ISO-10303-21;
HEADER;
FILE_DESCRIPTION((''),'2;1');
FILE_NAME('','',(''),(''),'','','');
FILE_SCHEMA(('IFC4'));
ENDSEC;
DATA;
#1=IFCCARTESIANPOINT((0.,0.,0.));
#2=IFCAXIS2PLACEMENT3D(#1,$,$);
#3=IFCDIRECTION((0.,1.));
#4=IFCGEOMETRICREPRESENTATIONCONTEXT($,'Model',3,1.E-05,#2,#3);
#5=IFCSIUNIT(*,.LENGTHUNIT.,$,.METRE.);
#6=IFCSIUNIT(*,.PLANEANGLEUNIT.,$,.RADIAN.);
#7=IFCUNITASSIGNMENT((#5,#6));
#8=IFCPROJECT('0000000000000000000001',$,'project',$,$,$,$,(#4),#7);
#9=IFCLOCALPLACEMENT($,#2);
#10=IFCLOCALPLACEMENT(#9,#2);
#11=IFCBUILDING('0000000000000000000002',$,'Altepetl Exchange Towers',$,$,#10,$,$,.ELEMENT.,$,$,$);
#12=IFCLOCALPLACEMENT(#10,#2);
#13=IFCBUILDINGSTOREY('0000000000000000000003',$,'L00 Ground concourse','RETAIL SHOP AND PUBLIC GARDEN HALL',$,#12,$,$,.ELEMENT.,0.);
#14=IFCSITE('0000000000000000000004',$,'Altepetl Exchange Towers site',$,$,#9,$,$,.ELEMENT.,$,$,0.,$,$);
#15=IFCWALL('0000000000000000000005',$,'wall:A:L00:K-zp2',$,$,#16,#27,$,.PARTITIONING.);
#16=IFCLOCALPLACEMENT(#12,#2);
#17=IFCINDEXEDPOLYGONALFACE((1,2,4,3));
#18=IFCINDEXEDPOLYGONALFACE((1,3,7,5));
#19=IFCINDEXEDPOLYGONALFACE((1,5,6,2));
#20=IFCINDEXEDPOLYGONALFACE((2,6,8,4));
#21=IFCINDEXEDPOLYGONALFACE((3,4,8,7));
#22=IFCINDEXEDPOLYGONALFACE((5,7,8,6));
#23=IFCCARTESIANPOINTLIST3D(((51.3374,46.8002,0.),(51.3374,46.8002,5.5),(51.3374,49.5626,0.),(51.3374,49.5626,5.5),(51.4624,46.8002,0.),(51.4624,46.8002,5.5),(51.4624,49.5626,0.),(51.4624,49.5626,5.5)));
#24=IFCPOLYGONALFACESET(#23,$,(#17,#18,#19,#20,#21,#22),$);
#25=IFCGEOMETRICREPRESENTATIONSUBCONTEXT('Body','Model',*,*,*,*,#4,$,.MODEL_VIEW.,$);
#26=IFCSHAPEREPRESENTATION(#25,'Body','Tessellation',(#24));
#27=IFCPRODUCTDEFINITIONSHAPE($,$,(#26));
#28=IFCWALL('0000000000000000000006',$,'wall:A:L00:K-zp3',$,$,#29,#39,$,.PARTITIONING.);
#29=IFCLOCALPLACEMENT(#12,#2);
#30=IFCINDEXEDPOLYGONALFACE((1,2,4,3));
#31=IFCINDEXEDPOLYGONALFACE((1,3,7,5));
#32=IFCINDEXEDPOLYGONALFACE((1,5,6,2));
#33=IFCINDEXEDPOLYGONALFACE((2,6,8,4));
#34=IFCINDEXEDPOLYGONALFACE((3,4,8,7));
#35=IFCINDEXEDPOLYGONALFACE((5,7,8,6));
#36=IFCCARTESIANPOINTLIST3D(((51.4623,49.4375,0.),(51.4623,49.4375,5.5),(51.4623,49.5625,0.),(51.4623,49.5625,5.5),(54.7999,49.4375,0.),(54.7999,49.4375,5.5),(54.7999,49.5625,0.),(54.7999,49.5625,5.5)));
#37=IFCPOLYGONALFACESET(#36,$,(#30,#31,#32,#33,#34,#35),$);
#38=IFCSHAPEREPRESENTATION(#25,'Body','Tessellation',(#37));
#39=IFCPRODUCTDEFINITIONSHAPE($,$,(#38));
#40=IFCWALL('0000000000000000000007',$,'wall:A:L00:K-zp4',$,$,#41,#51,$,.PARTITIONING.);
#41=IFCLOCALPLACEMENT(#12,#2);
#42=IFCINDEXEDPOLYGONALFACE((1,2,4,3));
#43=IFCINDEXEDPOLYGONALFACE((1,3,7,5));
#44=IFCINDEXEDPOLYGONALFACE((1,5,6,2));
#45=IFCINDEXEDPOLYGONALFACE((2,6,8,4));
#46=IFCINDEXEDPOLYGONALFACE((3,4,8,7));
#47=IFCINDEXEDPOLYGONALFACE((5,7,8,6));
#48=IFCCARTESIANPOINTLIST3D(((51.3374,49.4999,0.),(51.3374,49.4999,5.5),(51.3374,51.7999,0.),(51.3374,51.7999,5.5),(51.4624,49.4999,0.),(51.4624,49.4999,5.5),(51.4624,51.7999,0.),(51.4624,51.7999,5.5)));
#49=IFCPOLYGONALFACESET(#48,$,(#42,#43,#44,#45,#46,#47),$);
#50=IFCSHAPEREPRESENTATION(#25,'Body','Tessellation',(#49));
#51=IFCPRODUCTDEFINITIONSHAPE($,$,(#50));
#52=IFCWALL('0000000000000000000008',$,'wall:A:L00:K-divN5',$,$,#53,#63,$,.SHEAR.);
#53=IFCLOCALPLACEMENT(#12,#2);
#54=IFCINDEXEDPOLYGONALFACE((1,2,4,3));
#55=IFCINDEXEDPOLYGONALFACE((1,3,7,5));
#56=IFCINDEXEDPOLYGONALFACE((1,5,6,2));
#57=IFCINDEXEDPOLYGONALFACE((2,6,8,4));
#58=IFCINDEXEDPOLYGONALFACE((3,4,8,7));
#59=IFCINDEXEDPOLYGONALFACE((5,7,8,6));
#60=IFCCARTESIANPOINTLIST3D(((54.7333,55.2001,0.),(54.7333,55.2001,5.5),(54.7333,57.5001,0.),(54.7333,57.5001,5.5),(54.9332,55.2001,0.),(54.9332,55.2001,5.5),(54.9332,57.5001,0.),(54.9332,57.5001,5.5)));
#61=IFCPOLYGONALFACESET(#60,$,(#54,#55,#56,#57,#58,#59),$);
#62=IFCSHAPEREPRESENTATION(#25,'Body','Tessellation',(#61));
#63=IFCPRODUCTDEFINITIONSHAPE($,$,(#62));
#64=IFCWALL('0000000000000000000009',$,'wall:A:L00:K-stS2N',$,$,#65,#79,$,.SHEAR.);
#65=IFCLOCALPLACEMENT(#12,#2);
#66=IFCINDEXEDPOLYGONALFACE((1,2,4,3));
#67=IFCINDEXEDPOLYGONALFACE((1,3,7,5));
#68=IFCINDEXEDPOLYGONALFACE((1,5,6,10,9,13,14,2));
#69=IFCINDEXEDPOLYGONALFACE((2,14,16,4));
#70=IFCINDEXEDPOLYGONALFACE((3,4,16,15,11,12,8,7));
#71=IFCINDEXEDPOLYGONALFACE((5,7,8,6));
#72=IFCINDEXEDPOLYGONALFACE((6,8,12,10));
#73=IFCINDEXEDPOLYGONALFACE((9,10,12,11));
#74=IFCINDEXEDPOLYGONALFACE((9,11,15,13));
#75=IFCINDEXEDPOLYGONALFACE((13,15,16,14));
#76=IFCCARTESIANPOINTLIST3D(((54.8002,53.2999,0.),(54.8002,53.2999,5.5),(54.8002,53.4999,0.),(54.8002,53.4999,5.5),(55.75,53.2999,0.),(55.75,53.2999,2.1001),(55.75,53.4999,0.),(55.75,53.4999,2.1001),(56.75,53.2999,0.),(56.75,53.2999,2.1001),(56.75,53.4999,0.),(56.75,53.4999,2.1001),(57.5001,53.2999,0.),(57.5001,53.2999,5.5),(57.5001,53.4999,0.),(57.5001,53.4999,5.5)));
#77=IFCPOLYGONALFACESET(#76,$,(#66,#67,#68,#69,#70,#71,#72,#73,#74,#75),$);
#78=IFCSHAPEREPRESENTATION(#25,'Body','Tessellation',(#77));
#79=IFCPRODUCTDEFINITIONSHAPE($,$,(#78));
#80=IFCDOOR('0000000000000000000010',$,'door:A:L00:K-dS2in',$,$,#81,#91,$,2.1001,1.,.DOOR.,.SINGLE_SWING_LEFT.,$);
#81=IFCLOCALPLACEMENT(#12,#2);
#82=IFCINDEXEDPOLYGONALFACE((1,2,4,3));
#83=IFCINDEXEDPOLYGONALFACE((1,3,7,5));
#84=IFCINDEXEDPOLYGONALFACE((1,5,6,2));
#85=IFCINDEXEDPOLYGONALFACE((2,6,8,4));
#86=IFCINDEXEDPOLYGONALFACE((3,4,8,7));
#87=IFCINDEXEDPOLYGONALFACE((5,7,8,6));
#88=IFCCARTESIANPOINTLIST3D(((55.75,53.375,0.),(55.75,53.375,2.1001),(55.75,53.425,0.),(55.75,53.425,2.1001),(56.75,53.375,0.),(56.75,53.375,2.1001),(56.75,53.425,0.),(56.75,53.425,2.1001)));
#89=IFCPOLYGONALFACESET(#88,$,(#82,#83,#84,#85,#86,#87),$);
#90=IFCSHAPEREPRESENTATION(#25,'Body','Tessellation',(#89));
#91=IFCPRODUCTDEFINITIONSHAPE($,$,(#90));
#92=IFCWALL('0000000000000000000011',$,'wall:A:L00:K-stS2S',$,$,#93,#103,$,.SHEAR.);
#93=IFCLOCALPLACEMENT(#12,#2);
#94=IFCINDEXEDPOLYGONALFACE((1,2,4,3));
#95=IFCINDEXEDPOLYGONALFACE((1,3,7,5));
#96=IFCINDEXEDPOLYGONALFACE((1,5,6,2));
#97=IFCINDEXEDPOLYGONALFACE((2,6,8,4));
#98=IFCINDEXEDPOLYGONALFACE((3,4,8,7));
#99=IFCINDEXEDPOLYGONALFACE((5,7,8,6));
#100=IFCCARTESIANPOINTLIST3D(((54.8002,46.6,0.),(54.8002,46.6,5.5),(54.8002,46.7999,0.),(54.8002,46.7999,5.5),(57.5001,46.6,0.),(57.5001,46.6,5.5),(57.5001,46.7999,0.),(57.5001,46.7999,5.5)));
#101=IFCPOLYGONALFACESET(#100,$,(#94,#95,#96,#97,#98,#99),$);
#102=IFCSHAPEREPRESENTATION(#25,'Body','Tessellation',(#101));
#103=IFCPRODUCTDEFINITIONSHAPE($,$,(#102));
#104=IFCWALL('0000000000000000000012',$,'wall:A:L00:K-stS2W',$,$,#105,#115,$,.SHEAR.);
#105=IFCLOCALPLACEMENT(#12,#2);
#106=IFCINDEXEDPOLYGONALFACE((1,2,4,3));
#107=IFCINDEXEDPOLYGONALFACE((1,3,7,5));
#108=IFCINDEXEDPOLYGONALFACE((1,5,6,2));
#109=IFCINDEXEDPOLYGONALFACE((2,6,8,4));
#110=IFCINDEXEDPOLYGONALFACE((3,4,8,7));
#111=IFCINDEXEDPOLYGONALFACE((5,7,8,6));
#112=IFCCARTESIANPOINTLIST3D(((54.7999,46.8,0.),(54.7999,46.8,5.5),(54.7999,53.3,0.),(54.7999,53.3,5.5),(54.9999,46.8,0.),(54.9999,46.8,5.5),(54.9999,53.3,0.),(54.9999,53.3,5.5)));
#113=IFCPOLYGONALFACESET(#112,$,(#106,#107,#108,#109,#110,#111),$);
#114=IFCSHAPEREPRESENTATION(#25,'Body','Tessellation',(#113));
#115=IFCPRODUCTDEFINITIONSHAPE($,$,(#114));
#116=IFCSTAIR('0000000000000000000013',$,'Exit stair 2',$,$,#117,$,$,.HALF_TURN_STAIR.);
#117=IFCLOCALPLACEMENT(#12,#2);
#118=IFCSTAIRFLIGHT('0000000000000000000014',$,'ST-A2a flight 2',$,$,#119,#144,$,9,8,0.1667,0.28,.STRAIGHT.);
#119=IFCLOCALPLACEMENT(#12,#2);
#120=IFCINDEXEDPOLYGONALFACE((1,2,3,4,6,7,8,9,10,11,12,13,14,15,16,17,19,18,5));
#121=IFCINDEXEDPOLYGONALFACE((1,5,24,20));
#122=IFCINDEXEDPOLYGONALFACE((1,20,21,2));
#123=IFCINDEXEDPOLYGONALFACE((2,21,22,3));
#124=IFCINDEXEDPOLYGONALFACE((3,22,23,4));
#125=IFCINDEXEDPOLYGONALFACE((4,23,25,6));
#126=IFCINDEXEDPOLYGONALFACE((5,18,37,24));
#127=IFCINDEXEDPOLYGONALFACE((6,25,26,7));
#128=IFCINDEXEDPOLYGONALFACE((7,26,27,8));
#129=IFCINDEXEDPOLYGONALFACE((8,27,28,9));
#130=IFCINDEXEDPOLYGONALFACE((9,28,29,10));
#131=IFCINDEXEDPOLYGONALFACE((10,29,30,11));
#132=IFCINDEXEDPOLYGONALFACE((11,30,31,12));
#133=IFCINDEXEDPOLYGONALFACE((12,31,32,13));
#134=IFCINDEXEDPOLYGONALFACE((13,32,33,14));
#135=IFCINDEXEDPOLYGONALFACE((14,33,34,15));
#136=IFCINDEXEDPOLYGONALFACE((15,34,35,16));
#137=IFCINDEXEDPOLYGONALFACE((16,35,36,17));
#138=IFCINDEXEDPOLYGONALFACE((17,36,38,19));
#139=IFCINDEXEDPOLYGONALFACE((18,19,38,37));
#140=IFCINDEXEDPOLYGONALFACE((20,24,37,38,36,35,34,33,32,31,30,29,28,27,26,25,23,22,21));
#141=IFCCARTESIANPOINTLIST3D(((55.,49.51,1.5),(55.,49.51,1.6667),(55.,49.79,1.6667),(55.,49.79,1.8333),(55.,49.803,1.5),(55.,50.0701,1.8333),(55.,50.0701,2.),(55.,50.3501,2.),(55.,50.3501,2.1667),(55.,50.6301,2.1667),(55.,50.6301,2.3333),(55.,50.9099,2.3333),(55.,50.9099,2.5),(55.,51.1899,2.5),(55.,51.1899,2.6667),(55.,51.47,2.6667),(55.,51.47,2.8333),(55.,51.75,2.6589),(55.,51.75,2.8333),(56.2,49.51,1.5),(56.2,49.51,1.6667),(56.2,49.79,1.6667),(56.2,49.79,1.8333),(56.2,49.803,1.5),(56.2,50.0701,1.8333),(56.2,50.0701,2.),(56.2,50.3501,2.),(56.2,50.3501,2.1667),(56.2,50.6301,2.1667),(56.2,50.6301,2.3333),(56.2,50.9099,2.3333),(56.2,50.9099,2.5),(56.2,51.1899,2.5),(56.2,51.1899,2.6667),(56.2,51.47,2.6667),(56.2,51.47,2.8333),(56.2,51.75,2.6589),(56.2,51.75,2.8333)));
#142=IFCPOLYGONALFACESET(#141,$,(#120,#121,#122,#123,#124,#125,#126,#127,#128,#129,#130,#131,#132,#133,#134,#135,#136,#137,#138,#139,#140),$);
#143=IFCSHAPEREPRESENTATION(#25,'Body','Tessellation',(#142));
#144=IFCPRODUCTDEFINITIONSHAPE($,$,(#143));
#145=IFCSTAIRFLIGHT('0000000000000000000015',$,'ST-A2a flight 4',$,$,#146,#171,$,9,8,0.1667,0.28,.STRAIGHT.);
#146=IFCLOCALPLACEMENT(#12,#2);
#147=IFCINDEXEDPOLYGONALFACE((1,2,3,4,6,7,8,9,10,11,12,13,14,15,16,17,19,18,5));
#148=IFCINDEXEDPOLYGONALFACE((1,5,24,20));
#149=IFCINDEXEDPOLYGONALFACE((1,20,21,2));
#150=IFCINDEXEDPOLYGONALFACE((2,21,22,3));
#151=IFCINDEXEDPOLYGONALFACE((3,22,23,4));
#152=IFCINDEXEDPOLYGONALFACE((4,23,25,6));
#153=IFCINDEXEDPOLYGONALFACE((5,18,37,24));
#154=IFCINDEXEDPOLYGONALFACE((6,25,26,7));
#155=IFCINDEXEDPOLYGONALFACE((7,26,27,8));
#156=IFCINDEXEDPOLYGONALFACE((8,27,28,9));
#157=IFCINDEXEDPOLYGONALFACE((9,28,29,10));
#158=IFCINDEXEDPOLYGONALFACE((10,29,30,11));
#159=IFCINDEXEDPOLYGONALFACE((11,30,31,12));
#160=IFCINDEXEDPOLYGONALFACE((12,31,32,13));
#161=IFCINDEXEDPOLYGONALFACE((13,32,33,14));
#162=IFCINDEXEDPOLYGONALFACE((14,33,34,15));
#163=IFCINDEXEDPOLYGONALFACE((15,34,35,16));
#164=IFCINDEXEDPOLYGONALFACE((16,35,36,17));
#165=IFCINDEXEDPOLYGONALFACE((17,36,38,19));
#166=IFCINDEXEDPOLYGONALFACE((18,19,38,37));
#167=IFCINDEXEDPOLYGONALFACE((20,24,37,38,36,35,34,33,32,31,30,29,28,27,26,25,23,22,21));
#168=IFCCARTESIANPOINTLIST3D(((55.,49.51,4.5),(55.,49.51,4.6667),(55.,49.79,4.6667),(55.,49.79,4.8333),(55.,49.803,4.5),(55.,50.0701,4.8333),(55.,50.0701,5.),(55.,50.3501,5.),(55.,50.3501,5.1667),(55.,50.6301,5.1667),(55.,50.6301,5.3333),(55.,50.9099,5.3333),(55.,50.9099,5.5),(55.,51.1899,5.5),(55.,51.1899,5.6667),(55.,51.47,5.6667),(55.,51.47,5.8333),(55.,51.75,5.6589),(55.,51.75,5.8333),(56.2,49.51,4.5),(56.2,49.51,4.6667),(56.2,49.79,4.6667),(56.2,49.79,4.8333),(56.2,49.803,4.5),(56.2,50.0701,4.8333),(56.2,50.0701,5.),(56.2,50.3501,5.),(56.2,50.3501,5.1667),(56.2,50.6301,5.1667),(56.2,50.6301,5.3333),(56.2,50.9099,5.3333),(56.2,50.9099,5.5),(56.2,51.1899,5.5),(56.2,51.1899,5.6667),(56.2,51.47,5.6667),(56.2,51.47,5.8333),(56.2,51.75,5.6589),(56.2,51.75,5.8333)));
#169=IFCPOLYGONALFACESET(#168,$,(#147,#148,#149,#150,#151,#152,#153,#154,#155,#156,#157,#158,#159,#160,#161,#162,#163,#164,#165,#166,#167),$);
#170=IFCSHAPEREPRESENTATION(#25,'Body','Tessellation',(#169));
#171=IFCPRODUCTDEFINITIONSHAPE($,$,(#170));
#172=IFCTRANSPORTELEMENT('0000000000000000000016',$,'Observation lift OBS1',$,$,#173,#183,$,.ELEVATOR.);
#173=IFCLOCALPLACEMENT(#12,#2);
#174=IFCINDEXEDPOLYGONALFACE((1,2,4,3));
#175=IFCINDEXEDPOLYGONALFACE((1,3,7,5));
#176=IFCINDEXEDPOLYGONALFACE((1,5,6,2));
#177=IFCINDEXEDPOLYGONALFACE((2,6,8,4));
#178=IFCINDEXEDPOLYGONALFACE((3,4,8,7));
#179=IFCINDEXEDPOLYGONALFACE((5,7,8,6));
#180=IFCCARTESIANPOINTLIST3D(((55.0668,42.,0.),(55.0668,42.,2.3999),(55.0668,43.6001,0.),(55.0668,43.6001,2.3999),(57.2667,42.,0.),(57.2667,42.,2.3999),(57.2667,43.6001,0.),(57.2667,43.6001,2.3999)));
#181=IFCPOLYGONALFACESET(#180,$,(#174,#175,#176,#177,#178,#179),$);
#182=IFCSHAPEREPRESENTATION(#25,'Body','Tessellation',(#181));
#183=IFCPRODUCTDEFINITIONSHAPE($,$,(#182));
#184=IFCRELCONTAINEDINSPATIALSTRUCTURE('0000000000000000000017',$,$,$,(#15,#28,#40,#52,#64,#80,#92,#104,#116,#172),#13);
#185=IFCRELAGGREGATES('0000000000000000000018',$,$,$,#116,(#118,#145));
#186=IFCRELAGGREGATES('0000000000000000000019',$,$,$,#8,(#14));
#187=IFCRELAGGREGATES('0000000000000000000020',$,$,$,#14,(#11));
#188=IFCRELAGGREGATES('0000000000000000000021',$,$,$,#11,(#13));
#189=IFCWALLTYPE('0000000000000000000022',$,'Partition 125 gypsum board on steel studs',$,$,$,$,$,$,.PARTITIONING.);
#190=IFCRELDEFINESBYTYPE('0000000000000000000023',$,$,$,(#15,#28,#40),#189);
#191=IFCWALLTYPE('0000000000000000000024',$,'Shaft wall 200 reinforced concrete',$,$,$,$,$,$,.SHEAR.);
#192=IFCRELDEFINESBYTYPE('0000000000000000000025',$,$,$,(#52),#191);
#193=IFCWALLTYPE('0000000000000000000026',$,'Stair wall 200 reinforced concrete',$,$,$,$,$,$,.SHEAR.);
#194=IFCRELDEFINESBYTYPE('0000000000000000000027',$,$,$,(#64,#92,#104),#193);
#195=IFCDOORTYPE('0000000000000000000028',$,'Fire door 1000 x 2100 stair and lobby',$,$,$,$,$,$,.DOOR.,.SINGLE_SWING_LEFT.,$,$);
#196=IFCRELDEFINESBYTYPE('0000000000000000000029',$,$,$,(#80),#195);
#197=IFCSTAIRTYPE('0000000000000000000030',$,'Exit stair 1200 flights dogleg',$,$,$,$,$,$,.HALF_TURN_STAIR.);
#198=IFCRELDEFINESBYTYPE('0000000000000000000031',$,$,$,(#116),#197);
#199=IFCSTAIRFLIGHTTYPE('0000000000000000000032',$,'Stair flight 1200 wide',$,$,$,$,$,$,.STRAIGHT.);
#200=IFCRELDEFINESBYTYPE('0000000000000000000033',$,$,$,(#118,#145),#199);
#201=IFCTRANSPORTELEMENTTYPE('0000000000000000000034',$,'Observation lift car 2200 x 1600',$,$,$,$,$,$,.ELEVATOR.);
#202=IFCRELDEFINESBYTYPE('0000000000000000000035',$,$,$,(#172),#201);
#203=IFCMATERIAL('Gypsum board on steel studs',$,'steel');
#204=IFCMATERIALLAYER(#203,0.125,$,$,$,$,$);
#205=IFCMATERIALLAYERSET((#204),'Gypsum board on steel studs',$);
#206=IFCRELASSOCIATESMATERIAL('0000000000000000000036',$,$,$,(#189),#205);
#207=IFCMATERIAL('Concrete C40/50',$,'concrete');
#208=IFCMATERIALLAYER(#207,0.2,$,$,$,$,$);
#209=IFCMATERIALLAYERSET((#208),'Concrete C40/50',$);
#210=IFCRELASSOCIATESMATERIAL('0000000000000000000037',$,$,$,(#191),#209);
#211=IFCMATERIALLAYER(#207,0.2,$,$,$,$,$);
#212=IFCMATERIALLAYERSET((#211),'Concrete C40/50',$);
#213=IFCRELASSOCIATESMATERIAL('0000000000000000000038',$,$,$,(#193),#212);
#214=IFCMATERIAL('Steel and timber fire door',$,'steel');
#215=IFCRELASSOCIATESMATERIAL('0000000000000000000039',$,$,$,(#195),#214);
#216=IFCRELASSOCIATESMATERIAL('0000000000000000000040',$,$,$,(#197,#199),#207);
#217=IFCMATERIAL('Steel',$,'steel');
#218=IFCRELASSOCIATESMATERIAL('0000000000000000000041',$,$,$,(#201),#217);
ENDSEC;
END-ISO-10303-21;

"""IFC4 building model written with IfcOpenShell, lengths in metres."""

from ifc_helpers import new_model, si_unit, direction, frame, frame_2d, origin, origin_2d, place, context, subcontext, project, spatial, polyline, rectangle, outline, extrude, material, layer, layer_set, type_object, element, fill, aggregate, save


model = new_model("IFC4")

# Units and contexts
model_context = context("Model", 3, precision=1e-05, world=origin(), true_north=direction((0.0, 1.0)))
body_context = subcontext(model_context, "Body", "Model", "MODEL_VIEW")
ifc_project = project(units=[si_unit("LENGTHUNIT", "METRE"), si_unit("PLANEANGLEUNIT", "RADIAN")], contexts=[model_context])

# Site, building, storey
site_placement = place(None, origin())
site = spatial("IfcSite", under=ifc_project, at=site_placement, Name="Altepetl Exchange Towers site", CompositionType="ELEMENT", RefElevation=0.0)
building_placement = place(site_placement, origin())
building = spatial("IfcBuilding", under=site, at=building_placement, Name="Altepetl Exchange Towers", CompositionType="ELEMENT")
storey_placement = place(building_placement, origin())
storey = spatial("IfcBuildingStorey", under=building, at=storey_placement, Name="L00 Ground concourse", Description="RETAIL SHOP AND PUBLIC GARDEN HALL", CompositionType="ELEMENT", Elevation=0.0)

# Walls
ifc_material_1 = material(Name="Gypsum board on steel studs", Category="steel")
ifc_layer_1 = layer(ifc_material_1, 0.125)
ifc_layer_set_1 = layer_set([ifc_layer_1], Name="Gypsum board on steel studs")
wall_type_1 = type_object("IfcWallType", Name="Partition 125 gypsum board on steel studs", PredefinedType="PARTITIONING", material=ifc_layer_set_1)
wall_1_placement = place(storey_placement, frame((51.3999, 46.8, 0.0), z_axis=(0.0, 0.0, 1.0), x_axis=(0.0, 1.0, 0.0)))
element("IfcWall", 1, at=wall_1_placement, inside=storey, type_object=wall_type_1, Name="wall:A:L00:K-zp2", PredefinedType="PARTITIONING", context=body_context, shape_type="SweptSolid", body=[
    extrude(rectangle(XDim=2.7625, YDim=0.125, at=frame_2d((1.3813, 0.0))), origin(), (0.0, 0.0, 1.0), 5.5),
])
wall_2_placement = place(storey_placement, frame((54.8, 49.5, 0.0), z_axis=(0.0, 0.0, 1.0), x_axis=(-1.0, 0.0, 0.0)))
element("IfcWall", 2, at=wall_2_placement, inside=storey, type_object=wall_type_1, Name="wall:A:L00:K-zp3", PredefinedType="PARTITIONING", context=body_context, shape_type="SweptSolid", body=[
    extrude(rectangle(XDim=3.3376, YDim=0.125, at=frame_2d((1.6689, 0.0))), origin(), (0.0, 0.0, 1.0), 5.5),
])
wall_3_placement = place(storey_placement, frame((51.3999, 49.5, 0.0), z_axis=(0.0, 0.0, 1.0), x_axis=(0.0, 1.0, 0.0)))
element("IfcWall", 3, at=wall_3_placement, inside=storey, type_object=wall_type_1, Name="wall:A:L00:K-zp4", PredefinedType="PARTITIONING", context=body_context, shape_type="SweptSolid", body=[
    extrude(rectangle(XDim=2.3, YDim=0.125, at=frame_2d((1.1499, 0.0))), origin(), (0.0, 0.0, 1.0), 5.5),
])
ifc_material_2 = material(Name="Concrete C40/50", Category="concrete")
ifc_layer_2 = layer(ifc_material_2, 0.2)
ifc_layer_set_2 = layer_set([ifc_layer_2], Name="Concrete C40/50")
wall_type_2 = type_object("IfcWallType", Name="Shaft wall 200 reinforced concrete", PredefinedType="SHEAR", material=ifc_layer_set_2)
wall_4_placement = place(storey_placement, frame((54.8333, 57.5, 0.0), z_axis=(0.0, 0.0, 1.0), x_axis=(0.0, -1.0, 0.0)))
element("IfcWall", 4, at=wall_4_placement, inside=storey, type_object=wall_type_2, Name="wall:A:L00:K-divN5", PredefinedType="SHEAR", context=body_context, shape_type="SweptSolid", body=[
    extrude(rectangle(XDim=2.3, YDim=0.2, at=frame_2d((1.1499, 0.0))), origin(), (0.0, 0.0, 1.0), 5.5),
])

# Wall, opening, door
ifc_layer_3 = layer(ifc_material_2, 0.2)
ifc_layer_set_3 = layer_set([ifc_layer_3], Name="Concrete C40/50")
wall_type_3 = type_object("IfcWallType", Name="Stair wall 200 reinforced concrete", PredefinedType="SHEAR", material=ifc_layer_set_3)
wall_5_placement = place(storey_placement, frame((54.8, 53.3999, 0.0)))
wall_5 = element("IfcWall", 5, at=wall_5_placement, inside=storey, type_object=wall_type_3, Name="wall:A:L00:K-stS2N", PredefinedType="SHEAR", context=body_context, shape_type="SweptSolid", body=[
    extrude(rectangle(XDim=2.7, YDim=0.2, at=frame_2d((1.3501, 0.0))), origin(), (0.0, 0.0, 1.0), 5.5),
])
opening_placement = place(wall_5_placement, frame((0.95, 0.0, 0.0)))
opening = element("IfcOpeningElement", 6, at=opening_placement, cuts=wall_5, PredefinedType="OPENING", context=body_context, shape_type="SweptSolid", body=[
    extrude(rectangle(XDim=1.0, YDim=2.1001, at=frame_2d((0.5, 1.05))), frame((0.0, 0.1099, 0.0), z_axis=(0.0, -1.0, 0.0), x_axis=(1.0, 0.0, 0.0)), (0.0, 0.0, 1.0), 0.22),
])
ifc_material_3 = material(Name="Steel and timber fire door", Category="steel")
door_type = type_object("IfcDoorType", Name="Fire door 1000 x 2100 stair and lobby", OperationType="SINGLE_SWING_LEFT", PredefinedType="DOOR", material=ifc_material_3)
door_placement = place(opening_placement, frame((1.0, 0.0, 0.0), x_axis=(-1.0, 0.0, 0.0)))
door = element("IfcDoor", 7, at=door_placement, inside=storey, type_object=door_type, Name="door:A:L00:K-dS2in", OperationType="SINGLE_SWING_LEFT", OverallHeight=2.1001, OverallWidth=1.0, PredefinedType="DOOR", context=body_context, shape_type="SweptSolid", body=[
    extrude(rectangle(XDim=1.0, YDim=2.1001, at=frame_2d((0.5, 1.05))), frame((0.0, 0.0249, 0.0), z_axis=(0.0, -1.0, 0.0), x_axis=(1.0, 0.0, 0.0)), (0.0, 0.0, 1.0), 0.05),
])
fill(opening, door)

# Walls
wall_6_placement = place(storey_placement, frame((54.8, 46.7, 0.0)))
element("IfcWall", 8, at=wall_6_placement, inside=storey, type_object=wall_type_3, Name="wall:A:L00:K-stS2S", PredefinedType="SHEAR", context=body_context, shape_type="SweptSolid", body=[
    extrude(rectangle(XDim=2.7, YDim=0.2, at=frame_2d((1.3501, 0.0))), origin(), (0.0, 0.0, 1.0), 5.5),
])
wall_7_placement = place(storey_placement, frame((54.8999, 46.8, 0.0), z_axis=(0.0, 0.0, 1.0), x_axis=(0.0, 1.0, 0.0)))
element("IfcWall", 9, at=wall_7_placement, inside=storey, type_object=wall_type_3, Name="wall:A:L00:K-stS2W", PredefinedType="SHEAR", context=body_context, shape_type="SweptSolid", body=[
    extrude(rectangle(XDim=6.5, YDim=0.2, at=frame_2d((3.25, 0.0))), origin(), (0.0, 0.0, 1.0), 5.5),
])

# Stair, stair flights
stair_type = type_object("IfcStairType", Name="Exit stair 1200 flights dogleg", PredefinedType="HALF_TURN_STAIR", material=ifc_material_2)
stair_placement = place(storey_placement, origin())
stair = element("IfcStair", 10, at=stair_placement, inside=storey, type_object=stair_type, Name="Exit stair 2", PredefinedType="HALF_TURN_STAIR")
stair_flight_type = type_object("IfcStairFlightType", Name="Stair flight 1200 wide", PredefinedType="STRAIGHT", material=ifc_material_2)
stair_flight_1_placement = place(storey_placement, frame((55.6001, 49.51, 1.5), z_axis=(0.0, 0.0, 1.0), x_axis=(0.0, 1.0, 0.0)))
stair_flight_1 = element("IfcStairFlight", 11, at=stair_flight_1_placement, type_object=stair_flight_type, Name="ST-A2a flight 2", NumberOfRisers=9, NumberOfTreads=8, PredefinedType="STRAIGHT", RiserHeight=0.1667, TreadLength=0.28, context=body_context, shape_type="SweptSolid", body=[
    extrude(outline(polyline([(0.0, 0.0), (0.0, 0.1667), (0.28, 0.1667), (0.28, 0.3333), (0.5601, 0.3333), (0.5601, 0.5), (0.8401, 0.5), (0.8401, 0.6667), (1.1201, 0.6667), (1.1201, 0.8333), (1.3999, 0.8333), (1.3999, 1.0), (1.6799, 1.0), (1.6799, 1.1667), (1.96, 1.1667), (1.96, 1.3333), (2.24, 1.3333), (2.24, 1.5), (2.24, 1.1589), (0.293, 0.0), (0.0, 0.0)])), frame((0.0, 0.6001, 0.0), z_axis=(0.0, -1.0, 0.0), x_axis=(1.0, 0.0, 0.0)), (0.0, 0.0, 1.0), 1.2),
])
stair_flight_2_placement = place(storey_placement, frame((55.6001, 49.51, 4.5), z_axis=(0.0, 0.0, 1.0), x_axis=(0.0, 1.0, 0.0)))
stair_flight_2 = element("IfcStairFlight", 12, at=stair_flight_2_placement, type_object=stair_flight_type, Name="ST-A2a flight 4", NumberOfRisers=9, NumberOfTreads=8, PredefinedType="STRAIGHT", RiserHeight=0.1667, TreadLength=0.28, context=body_context, shape_type="SweptSolid", body=[
    extrude(outline(polyline([(0.0, 0.0), (0.0, 0.1667), (0.28, 0.1667), (0.28, 0.3333), (0.5601, 0.3333), (0.5601, 0.5), (0.8401, 0.5), (0.8401, 0.6667), (1.1201, 0.6667), (1.1201, 0.8333), (1.3999, 0.8333), (1.3999, 1.0), (1.6799, 1.0), (1.6799, 1.1667), (1.96, 1.1667), (1.96, 1.3333), (2.24, 1.3333), (2.24, 1.5), (2.24, 1.1589), (0.293, 0.0), (0.0, 0.0)])), frame((0.0, 0.6001, 0.0), z_axis=(0.0, -1.0, 0.0), x_axis=(1.0, 0.0, 0.0)), (0.0, 0.0, 1.0), 1.2),
])
aggregate(stair, [stair_flight_1, stair_flight_2])

# Transport element
ifc_material_4 = material(Name="Steel", Category="steel")
transport_element_type_1 = type_object("IfcTransportElementType", Name="Observation lift car 2200 x 1600", PredefinedType="ELEVATOR", material=ifc_material_4)
transport_element_1_placement = place(storey_placement, frame((56.1667, 42.8, 0.0)))
element("IfcTransportElement", 13, at=transport_element_1_placement, inside=storey, type_object=transport_element_type_1, Name="Observation lift OBS1", PredefinedType="ELEVATOR", context=body_context, shape_type="SweptSolid", body=[
    extrude(rectangle(XDim=2.2, YDim=1.6001, at=origin_2d()), origin(), (0.0, 0.0, 1.0), 2.3999),
])

save(model, "model.ifc")
